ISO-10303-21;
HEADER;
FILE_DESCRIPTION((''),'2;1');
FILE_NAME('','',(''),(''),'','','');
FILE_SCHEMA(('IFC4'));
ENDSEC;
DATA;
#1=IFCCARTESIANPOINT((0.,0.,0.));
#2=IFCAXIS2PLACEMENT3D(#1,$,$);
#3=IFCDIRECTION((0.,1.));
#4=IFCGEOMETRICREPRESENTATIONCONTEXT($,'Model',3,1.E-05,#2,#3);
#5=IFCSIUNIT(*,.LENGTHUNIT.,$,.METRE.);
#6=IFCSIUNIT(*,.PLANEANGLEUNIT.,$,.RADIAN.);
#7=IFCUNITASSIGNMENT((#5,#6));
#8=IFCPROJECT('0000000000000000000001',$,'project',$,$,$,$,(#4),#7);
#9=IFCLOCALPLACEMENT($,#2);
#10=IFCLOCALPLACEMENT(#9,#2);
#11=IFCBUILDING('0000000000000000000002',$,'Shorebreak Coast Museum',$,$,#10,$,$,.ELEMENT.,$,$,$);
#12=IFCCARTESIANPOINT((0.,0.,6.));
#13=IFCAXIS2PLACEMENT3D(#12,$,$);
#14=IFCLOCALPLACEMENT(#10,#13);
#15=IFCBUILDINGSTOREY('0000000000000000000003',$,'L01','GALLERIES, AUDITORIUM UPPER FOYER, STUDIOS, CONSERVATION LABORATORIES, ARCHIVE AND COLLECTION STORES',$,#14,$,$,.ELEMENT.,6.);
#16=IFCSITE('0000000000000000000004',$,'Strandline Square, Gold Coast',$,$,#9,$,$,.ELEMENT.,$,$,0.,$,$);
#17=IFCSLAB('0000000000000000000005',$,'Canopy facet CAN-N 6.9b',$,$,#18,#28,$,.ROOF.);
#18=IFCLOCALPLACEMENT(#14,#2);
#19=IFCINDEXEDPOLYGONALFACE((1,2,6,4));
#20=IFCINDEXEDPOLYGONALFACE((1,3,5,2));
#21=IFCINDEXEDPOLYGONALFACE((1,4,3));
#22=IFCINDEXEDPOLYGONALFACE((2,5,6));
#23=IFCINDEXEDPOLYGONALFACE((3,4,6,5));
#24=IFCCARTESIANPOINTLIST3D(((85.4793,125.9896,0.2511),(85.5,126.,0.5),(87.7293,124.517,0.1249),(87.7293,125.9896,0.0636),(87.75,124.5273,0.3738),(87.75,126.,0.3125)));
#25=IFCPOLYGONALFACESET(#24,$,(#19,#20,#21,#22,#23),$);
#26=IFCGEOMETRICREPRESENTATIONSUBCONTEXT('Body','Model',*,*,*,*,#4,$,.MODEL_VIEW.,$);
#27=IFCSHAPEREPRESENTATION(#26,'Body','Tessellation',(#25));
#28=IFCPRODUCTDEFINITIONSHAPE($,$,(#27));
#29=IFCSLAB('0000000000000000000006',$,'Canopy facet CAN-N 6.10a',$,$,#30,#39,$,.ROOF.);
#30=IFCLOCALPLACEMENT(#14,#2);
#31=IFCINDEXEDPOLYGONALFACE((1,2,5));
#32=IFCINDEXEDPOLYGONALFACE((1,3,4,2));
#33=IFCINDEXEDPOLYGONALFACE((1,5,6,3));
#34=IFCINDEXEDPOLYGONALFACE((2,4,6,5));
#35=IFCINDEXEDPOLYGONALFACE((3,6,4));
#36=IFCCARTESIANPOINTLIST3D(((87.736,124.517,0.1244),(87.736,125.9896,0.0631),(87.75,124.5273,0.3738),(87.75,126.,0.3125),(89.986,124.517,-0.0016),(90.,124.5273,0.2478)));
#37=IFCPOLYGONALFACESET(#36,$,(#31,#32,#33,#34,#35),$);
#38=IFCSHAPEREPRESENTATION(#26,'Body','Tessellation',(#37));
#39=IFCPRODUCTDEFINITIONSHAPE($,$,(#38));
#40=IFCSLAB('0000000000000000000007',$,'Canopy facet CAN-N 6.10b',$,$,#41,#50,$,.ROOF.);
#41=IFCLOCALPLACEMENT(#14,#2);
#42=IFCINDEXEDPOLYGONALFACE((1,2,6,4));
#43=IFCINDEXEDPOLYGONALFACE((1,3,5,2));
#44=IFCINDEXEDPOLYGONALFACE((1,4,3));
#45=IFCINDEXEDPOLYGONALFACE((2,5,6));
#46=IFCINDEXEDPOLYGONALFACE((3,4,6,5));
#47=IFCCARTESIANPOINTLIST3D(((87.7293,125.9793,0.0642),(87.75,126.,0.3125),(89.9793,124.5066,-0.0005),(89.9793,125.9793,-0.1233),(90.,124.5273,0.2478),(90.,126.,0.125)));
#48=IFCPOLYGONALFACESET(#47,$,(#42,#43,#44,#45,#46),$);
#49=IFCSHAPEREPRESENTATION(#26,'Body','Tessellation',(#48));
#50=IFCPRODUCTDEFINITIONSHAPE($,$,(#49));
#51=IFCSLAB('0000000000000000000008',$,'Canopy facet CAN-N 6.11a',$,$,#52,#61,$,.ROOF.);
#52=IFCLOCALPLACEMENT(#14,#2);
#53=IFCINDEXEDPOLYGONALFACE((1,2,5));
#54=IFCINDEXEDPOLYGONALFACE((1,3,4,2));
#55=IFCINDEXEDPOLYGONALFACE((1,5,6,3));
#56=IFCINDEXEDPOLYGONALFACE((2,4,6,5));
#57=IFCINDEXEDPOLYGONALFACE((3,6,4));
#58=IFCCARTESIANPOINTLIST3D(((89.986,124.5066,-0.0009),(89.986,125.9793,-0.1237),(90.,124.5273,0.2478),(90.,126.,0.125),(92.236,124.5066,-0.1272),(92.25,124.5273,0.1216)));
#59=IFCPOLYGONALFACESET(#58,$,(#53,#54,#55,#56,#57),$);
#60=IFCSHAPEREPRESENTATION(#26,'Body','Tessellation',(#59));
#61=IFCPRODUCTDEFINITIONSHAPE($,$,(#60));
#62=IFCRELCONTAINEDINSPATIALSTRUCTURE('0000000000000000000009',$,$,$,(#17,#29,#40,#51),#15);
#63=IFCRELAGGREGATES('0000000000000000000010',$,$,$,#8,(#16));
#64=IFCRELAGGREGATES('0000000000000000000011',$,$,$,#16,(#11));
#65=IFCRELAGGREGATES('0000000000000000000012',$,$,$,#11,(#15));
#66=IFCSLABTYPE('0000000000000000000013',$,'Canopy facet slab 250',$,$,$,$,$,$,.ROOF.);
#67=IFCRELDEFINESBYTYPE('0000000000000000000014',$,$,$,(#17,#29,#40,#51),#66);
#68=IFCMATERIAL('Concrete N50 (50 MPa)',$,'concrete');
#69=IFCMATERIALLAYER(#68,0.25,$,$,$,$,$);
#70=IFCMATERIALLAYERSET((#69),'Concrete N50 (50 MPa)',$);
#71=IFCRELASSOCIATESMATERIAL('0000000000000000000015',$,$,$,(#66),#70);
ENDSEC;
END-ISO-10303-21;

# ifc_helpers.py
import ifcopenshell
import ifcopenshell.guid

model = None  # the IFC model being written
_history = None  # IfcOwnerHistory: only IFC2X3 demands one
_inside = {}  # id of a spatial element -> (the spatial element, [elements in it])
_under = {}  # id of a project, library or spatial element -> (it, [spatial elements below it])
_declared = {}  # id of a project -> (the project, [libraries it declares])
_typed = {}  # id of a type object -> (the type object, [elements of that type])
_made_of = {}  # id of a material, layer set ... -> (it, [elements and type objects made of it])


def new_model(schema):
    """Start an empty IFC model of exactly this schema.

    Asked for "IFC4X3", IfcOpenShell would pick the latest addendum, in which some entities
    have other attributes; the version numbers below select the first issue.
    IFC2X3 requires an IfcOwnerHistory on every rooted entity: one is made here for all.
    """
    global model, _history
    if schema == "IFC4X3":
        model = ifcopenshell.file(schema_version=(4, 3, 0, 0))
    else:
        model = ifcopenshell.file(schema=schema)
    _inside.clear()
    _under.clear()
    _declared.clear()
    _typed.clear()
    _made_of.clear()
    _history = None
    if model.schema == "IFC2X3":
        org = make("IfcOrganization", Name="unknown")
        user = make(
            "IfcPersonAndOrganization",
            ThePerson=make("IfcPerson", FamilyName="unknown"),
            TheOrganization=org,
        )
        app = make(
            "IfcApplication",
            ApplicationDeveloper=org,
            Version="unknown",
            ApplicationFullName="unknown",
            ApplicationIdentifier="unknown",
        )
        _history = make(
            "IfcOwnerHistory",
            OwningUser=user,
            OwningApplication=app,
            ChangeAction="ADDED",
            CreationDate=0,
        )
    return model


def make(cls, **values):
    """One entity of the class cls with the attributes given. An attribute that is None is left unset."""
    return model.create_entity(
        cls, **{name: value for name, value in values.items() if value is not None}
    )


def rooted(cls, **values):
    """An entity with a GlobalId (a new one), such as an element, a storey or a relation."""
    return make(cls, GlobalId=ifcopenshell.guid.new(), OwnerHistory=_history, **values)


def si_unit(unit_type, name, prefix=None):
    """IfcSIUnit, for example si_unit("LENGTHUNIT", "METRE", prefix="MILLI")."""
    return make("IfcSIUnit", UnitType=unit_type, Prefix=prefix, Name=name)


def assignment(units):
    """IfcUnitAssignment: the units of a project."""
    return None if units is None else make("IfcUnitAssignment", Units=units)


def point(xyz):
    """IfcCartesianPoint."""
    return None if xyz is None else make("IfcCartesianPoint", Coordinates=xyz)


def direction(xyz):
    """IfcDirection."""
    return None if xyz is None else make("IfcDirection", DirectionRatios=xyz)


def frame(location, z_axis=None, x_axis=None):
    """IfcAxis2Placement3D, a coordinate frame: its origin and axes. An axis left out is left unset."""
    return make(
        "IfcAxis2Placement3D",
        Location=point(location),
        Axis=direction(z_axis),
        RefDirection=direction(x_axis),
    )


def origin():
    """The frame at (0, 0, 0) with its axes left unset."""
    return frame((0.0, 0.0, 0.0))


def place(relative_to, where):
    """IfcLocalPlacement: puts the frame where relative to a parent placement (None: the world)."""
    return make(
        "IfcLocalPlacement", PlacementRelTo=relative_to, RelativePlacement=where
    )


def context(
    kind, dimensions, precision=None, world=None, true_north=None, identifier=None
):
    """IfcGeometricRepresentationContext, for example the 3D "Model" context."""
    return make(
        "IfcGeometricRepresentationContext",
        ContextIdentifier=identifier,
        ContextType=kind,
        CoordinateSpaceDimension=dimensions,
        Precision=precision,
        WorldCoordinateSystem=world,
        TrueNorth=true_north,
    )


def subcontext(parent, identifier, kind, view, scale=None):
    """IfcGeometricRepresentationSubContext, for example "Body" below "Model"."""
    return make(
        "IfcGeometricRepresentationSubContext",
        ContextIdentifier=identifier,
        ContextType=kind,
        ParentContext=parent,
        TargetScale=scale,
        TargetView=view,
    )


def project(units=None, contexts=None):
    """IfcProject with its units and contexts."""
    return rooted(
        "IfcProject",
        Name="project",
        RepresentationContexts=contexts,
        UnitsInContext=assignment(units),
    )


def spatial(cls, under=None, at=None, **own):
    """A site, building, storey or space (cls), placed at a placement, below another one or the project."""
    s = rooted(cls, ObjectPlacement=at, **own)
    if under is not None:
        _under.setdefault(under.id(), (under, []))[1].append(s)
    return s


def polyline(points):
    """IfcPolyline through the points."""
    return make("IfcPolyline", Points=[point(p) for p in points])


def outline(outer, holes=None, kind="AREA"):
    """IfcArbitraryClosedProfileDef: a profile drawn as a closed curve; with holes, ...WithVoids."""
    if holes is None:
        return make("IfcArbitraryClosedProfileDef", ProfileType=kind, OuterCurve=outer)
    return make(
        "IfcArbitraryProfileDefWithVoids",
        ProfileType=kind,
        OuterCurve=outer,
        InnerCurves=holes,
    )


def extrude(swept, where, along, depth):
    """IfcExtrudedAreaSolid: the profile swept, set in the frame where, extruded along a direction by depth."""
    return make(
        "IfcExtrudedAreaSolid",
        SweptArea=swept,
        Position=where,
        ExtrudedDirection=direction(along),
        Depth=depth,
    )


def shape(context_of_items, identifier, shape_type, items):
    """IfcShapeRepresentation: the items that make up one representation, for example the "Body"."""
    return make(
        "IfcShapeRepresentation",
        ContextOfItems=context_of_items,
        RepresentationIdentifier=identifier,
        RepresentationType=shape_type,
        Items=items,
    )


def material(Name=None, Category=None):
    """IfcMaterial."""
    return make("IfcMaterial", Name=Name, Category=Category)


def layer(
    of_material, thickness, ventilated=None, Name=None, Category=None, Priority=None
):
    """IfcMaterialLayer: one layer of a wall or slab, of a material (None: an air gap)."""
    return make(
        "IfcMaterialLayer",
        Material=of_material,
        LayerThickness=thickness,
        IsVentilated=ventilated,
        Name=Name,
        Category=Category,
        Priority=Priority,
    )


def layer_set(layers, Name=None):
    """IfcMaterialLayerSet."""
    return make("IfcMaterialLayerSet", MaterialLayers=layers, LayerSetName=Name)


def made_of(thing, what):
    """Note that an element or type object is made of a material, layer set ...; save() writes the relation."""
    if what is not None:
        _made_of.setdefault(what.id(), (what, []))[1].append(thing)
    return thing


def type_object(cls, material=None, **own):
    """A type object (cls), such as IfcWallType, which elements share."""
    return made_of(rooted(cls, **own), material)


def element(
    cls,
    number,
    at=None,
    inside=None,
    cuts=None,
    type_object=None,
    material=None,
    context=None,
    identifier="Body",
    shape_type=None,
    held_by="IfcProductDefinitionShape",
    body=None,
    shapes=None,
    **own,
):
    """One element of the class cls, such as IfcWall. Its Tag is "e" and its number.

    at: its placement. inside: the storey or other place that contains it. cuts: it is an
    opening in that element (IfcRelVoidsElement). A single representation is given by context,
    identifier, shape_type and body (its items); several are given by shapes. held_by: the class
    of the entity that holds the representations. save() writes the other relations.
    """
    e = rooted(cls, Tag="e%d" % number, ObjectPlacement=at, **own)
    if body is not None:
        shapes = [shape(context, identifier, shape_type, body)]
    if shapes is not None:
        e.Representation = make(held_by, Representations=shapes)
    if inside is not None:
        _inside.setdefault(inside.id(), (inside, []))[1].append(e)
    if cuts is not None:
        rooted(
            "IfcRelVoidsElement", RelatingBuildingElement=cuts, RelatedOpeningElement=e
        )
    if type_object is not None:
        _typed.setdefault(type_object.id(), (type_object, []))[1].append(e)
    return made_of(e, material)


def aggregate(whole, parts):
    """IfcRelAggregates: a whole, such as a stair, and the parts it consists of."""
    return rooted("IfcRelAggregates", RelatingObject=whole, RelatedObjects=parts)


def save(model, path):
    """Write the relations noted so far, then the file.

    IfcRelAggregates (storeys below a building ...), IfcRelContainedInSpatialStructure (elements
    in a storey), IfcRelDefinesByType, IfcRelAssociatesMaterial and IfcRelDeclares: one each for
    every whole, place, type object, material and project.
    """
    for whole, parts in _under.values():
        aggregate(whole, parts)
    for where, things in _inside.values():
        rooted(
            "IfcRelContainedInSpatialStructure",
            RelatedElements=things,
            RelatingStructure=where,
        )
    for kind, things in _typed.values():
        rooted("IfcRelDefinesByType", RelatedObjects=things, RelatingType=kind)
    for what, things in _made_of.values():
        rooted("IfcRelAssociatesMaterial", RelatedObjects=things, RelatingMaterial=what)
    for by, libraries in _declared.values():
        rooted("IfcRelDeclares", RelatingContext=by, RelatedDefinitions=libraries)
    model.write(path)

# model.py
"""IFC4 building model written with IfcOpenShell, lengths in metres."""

from ifc_helpers import new_model, si_unit, direction, frame, origin, place, context, subcontext, project, spatial, polyline, outline, extrude, material, layer, layer_set, type_object, element, save


model = new_model("IFC4")

# Units and contexts
model_context = context("Model", 3, precision=1e-05, world=origin(), true_north=direction((0.0, 1.0)))
body_context = subcontext(model_context, "Body", "Model", "MODEL_VIEW")
ifc_project = project(units=[si_unit("LENGTHUNIT", "METRE"), si_unit("PLANEANGLEUNIT", "RADIAN")], contexts=[model_context])

# Site, building, storey
site_placement = place(None, origin())
site = spatial("IfcSite", under=ifc_project, at=site_placement, Name="Strandline Square, Gold Coast", CompositionType="ELEMENT", RefElevation=0.0)
building_placement = place(site_placement, origin())
building = spatial("IfcBuilding", under=site, at=building_placement, Name="Shorebreak Coast Museum", CompositionType="ELEMENT")
storey_placement = place(building_placement, frame((0.0, 0.0, 6.0)))
storey = spatial("IfcBuildingStorey", under=building, at=storey_placement, Name="L01", Description="GALLERIES, AUDITORIUM UPPER FOYER, STUDIOS, CONSERVATION LABORATORIES, ARCHIVE AND COLLECTION STORES", CompositionType="ELEMENT", Elevation=6.0)

# Slabs
ifc_material = material(Name="Concrete N50 (50 MPa)", Category="concrete")
ifc_layer = layer(ifc_material, 0.25)
ifc_layer_set = layer_set([ifc_layer], Name="Concrete N50 (50 MPa)")
slab_type = type_object("IfcSlabType", Name="Canopy facet slab 250", PredefinedType="ROOF", material=ifc_layer_set)
slab_1_placement = place(storey_placement, frame((87.75, 124.5273, 0.3738), z_axis=(0.082974, 0.041432, 0.99569), x_axis=(0.0, 0.999135, -0.041575)))
element("IfcSlab", 1, at=slab_1_placement, inside=storey, type_object=slab_type, Name="Canopy facet CAN-N 6.9b", PredefinedType="ROOF", context=body_context, shape_type="SweptSolid", body=[
    extrude(outline(polyline([(0.0, 0.0), (1.4739, 0.0), (1.4661, 2.2578), (0.0, 0.0)])), origin(), (0.0, 0.0, -1.0), 0.25),
])
slab_2_placement = place(storey_placement, frame((87.75, 124.5273, 0.3738), z_axis=(0.055854, 0.041511, 0.997576), x_axis=(0.998436, 0.0, -0.055902)))
element("IfcSlab", 2, at=slab_2_placement, inside=storey, type_object=slab_type, Name="Canopy facet CAN-N 6.10a", PredefinedType="ROOF", context=body_context, shape_type="SweptSolid", body=[
    extrude(outline(polyline([(0.0, 0.0), (2.2535, 0.0), (0.0034, 1.4739), (0.0, 0.0)])), origin(), (0.0, 0.0, -1.0), 0.25),
])
slab_3_placement = place(storey_placement, frame((90.0, 124.5273, 0.2478), z_axis=(0.08276, 0.082815, 0.993123), x_axis=(0.0, 0.996541, -0.0831)))
element("IfcSlab", 3, at=slab_3_placement, inside=storey, type_object=slab_type, Name="Canopy facet CAN-N 6.10b", PredefinedType="ROOF", context=body_context, shape_type="SweptSolid", body=[
    extrude(outline(polyline([(0.0, 0.0), (1.4778, 0.0), (1.4622, 2.2577), (0.0, 0.0)])), origin(), (0.0, 0.0, -1.0), 0.25),
])
slab_4_placement = place(storey_placement, frame((90.0, 124.5273, 0.2478), z_axis=(0.055817, 0.082971, 0.994988), x_axis=(0.99843, 0.0, -0.05601)))
element("IfcSlab", 4, at=slab_4_placement, inside=storey, type_object=slab_type, Name="Canopy facet CAN-N 6.11a", PredefinedType="ROOF", context=body_context, shape_type="SweptSolid", body=[
    extrude(outline(polyline([(0.0, 0.0), (2.2535, 0.0), (0.0069, 1.4778), (0.0, 0.0)])), origin(), (0.0, 0.0, -1.0), 0.25),
])

save(model, "model.ifc")
